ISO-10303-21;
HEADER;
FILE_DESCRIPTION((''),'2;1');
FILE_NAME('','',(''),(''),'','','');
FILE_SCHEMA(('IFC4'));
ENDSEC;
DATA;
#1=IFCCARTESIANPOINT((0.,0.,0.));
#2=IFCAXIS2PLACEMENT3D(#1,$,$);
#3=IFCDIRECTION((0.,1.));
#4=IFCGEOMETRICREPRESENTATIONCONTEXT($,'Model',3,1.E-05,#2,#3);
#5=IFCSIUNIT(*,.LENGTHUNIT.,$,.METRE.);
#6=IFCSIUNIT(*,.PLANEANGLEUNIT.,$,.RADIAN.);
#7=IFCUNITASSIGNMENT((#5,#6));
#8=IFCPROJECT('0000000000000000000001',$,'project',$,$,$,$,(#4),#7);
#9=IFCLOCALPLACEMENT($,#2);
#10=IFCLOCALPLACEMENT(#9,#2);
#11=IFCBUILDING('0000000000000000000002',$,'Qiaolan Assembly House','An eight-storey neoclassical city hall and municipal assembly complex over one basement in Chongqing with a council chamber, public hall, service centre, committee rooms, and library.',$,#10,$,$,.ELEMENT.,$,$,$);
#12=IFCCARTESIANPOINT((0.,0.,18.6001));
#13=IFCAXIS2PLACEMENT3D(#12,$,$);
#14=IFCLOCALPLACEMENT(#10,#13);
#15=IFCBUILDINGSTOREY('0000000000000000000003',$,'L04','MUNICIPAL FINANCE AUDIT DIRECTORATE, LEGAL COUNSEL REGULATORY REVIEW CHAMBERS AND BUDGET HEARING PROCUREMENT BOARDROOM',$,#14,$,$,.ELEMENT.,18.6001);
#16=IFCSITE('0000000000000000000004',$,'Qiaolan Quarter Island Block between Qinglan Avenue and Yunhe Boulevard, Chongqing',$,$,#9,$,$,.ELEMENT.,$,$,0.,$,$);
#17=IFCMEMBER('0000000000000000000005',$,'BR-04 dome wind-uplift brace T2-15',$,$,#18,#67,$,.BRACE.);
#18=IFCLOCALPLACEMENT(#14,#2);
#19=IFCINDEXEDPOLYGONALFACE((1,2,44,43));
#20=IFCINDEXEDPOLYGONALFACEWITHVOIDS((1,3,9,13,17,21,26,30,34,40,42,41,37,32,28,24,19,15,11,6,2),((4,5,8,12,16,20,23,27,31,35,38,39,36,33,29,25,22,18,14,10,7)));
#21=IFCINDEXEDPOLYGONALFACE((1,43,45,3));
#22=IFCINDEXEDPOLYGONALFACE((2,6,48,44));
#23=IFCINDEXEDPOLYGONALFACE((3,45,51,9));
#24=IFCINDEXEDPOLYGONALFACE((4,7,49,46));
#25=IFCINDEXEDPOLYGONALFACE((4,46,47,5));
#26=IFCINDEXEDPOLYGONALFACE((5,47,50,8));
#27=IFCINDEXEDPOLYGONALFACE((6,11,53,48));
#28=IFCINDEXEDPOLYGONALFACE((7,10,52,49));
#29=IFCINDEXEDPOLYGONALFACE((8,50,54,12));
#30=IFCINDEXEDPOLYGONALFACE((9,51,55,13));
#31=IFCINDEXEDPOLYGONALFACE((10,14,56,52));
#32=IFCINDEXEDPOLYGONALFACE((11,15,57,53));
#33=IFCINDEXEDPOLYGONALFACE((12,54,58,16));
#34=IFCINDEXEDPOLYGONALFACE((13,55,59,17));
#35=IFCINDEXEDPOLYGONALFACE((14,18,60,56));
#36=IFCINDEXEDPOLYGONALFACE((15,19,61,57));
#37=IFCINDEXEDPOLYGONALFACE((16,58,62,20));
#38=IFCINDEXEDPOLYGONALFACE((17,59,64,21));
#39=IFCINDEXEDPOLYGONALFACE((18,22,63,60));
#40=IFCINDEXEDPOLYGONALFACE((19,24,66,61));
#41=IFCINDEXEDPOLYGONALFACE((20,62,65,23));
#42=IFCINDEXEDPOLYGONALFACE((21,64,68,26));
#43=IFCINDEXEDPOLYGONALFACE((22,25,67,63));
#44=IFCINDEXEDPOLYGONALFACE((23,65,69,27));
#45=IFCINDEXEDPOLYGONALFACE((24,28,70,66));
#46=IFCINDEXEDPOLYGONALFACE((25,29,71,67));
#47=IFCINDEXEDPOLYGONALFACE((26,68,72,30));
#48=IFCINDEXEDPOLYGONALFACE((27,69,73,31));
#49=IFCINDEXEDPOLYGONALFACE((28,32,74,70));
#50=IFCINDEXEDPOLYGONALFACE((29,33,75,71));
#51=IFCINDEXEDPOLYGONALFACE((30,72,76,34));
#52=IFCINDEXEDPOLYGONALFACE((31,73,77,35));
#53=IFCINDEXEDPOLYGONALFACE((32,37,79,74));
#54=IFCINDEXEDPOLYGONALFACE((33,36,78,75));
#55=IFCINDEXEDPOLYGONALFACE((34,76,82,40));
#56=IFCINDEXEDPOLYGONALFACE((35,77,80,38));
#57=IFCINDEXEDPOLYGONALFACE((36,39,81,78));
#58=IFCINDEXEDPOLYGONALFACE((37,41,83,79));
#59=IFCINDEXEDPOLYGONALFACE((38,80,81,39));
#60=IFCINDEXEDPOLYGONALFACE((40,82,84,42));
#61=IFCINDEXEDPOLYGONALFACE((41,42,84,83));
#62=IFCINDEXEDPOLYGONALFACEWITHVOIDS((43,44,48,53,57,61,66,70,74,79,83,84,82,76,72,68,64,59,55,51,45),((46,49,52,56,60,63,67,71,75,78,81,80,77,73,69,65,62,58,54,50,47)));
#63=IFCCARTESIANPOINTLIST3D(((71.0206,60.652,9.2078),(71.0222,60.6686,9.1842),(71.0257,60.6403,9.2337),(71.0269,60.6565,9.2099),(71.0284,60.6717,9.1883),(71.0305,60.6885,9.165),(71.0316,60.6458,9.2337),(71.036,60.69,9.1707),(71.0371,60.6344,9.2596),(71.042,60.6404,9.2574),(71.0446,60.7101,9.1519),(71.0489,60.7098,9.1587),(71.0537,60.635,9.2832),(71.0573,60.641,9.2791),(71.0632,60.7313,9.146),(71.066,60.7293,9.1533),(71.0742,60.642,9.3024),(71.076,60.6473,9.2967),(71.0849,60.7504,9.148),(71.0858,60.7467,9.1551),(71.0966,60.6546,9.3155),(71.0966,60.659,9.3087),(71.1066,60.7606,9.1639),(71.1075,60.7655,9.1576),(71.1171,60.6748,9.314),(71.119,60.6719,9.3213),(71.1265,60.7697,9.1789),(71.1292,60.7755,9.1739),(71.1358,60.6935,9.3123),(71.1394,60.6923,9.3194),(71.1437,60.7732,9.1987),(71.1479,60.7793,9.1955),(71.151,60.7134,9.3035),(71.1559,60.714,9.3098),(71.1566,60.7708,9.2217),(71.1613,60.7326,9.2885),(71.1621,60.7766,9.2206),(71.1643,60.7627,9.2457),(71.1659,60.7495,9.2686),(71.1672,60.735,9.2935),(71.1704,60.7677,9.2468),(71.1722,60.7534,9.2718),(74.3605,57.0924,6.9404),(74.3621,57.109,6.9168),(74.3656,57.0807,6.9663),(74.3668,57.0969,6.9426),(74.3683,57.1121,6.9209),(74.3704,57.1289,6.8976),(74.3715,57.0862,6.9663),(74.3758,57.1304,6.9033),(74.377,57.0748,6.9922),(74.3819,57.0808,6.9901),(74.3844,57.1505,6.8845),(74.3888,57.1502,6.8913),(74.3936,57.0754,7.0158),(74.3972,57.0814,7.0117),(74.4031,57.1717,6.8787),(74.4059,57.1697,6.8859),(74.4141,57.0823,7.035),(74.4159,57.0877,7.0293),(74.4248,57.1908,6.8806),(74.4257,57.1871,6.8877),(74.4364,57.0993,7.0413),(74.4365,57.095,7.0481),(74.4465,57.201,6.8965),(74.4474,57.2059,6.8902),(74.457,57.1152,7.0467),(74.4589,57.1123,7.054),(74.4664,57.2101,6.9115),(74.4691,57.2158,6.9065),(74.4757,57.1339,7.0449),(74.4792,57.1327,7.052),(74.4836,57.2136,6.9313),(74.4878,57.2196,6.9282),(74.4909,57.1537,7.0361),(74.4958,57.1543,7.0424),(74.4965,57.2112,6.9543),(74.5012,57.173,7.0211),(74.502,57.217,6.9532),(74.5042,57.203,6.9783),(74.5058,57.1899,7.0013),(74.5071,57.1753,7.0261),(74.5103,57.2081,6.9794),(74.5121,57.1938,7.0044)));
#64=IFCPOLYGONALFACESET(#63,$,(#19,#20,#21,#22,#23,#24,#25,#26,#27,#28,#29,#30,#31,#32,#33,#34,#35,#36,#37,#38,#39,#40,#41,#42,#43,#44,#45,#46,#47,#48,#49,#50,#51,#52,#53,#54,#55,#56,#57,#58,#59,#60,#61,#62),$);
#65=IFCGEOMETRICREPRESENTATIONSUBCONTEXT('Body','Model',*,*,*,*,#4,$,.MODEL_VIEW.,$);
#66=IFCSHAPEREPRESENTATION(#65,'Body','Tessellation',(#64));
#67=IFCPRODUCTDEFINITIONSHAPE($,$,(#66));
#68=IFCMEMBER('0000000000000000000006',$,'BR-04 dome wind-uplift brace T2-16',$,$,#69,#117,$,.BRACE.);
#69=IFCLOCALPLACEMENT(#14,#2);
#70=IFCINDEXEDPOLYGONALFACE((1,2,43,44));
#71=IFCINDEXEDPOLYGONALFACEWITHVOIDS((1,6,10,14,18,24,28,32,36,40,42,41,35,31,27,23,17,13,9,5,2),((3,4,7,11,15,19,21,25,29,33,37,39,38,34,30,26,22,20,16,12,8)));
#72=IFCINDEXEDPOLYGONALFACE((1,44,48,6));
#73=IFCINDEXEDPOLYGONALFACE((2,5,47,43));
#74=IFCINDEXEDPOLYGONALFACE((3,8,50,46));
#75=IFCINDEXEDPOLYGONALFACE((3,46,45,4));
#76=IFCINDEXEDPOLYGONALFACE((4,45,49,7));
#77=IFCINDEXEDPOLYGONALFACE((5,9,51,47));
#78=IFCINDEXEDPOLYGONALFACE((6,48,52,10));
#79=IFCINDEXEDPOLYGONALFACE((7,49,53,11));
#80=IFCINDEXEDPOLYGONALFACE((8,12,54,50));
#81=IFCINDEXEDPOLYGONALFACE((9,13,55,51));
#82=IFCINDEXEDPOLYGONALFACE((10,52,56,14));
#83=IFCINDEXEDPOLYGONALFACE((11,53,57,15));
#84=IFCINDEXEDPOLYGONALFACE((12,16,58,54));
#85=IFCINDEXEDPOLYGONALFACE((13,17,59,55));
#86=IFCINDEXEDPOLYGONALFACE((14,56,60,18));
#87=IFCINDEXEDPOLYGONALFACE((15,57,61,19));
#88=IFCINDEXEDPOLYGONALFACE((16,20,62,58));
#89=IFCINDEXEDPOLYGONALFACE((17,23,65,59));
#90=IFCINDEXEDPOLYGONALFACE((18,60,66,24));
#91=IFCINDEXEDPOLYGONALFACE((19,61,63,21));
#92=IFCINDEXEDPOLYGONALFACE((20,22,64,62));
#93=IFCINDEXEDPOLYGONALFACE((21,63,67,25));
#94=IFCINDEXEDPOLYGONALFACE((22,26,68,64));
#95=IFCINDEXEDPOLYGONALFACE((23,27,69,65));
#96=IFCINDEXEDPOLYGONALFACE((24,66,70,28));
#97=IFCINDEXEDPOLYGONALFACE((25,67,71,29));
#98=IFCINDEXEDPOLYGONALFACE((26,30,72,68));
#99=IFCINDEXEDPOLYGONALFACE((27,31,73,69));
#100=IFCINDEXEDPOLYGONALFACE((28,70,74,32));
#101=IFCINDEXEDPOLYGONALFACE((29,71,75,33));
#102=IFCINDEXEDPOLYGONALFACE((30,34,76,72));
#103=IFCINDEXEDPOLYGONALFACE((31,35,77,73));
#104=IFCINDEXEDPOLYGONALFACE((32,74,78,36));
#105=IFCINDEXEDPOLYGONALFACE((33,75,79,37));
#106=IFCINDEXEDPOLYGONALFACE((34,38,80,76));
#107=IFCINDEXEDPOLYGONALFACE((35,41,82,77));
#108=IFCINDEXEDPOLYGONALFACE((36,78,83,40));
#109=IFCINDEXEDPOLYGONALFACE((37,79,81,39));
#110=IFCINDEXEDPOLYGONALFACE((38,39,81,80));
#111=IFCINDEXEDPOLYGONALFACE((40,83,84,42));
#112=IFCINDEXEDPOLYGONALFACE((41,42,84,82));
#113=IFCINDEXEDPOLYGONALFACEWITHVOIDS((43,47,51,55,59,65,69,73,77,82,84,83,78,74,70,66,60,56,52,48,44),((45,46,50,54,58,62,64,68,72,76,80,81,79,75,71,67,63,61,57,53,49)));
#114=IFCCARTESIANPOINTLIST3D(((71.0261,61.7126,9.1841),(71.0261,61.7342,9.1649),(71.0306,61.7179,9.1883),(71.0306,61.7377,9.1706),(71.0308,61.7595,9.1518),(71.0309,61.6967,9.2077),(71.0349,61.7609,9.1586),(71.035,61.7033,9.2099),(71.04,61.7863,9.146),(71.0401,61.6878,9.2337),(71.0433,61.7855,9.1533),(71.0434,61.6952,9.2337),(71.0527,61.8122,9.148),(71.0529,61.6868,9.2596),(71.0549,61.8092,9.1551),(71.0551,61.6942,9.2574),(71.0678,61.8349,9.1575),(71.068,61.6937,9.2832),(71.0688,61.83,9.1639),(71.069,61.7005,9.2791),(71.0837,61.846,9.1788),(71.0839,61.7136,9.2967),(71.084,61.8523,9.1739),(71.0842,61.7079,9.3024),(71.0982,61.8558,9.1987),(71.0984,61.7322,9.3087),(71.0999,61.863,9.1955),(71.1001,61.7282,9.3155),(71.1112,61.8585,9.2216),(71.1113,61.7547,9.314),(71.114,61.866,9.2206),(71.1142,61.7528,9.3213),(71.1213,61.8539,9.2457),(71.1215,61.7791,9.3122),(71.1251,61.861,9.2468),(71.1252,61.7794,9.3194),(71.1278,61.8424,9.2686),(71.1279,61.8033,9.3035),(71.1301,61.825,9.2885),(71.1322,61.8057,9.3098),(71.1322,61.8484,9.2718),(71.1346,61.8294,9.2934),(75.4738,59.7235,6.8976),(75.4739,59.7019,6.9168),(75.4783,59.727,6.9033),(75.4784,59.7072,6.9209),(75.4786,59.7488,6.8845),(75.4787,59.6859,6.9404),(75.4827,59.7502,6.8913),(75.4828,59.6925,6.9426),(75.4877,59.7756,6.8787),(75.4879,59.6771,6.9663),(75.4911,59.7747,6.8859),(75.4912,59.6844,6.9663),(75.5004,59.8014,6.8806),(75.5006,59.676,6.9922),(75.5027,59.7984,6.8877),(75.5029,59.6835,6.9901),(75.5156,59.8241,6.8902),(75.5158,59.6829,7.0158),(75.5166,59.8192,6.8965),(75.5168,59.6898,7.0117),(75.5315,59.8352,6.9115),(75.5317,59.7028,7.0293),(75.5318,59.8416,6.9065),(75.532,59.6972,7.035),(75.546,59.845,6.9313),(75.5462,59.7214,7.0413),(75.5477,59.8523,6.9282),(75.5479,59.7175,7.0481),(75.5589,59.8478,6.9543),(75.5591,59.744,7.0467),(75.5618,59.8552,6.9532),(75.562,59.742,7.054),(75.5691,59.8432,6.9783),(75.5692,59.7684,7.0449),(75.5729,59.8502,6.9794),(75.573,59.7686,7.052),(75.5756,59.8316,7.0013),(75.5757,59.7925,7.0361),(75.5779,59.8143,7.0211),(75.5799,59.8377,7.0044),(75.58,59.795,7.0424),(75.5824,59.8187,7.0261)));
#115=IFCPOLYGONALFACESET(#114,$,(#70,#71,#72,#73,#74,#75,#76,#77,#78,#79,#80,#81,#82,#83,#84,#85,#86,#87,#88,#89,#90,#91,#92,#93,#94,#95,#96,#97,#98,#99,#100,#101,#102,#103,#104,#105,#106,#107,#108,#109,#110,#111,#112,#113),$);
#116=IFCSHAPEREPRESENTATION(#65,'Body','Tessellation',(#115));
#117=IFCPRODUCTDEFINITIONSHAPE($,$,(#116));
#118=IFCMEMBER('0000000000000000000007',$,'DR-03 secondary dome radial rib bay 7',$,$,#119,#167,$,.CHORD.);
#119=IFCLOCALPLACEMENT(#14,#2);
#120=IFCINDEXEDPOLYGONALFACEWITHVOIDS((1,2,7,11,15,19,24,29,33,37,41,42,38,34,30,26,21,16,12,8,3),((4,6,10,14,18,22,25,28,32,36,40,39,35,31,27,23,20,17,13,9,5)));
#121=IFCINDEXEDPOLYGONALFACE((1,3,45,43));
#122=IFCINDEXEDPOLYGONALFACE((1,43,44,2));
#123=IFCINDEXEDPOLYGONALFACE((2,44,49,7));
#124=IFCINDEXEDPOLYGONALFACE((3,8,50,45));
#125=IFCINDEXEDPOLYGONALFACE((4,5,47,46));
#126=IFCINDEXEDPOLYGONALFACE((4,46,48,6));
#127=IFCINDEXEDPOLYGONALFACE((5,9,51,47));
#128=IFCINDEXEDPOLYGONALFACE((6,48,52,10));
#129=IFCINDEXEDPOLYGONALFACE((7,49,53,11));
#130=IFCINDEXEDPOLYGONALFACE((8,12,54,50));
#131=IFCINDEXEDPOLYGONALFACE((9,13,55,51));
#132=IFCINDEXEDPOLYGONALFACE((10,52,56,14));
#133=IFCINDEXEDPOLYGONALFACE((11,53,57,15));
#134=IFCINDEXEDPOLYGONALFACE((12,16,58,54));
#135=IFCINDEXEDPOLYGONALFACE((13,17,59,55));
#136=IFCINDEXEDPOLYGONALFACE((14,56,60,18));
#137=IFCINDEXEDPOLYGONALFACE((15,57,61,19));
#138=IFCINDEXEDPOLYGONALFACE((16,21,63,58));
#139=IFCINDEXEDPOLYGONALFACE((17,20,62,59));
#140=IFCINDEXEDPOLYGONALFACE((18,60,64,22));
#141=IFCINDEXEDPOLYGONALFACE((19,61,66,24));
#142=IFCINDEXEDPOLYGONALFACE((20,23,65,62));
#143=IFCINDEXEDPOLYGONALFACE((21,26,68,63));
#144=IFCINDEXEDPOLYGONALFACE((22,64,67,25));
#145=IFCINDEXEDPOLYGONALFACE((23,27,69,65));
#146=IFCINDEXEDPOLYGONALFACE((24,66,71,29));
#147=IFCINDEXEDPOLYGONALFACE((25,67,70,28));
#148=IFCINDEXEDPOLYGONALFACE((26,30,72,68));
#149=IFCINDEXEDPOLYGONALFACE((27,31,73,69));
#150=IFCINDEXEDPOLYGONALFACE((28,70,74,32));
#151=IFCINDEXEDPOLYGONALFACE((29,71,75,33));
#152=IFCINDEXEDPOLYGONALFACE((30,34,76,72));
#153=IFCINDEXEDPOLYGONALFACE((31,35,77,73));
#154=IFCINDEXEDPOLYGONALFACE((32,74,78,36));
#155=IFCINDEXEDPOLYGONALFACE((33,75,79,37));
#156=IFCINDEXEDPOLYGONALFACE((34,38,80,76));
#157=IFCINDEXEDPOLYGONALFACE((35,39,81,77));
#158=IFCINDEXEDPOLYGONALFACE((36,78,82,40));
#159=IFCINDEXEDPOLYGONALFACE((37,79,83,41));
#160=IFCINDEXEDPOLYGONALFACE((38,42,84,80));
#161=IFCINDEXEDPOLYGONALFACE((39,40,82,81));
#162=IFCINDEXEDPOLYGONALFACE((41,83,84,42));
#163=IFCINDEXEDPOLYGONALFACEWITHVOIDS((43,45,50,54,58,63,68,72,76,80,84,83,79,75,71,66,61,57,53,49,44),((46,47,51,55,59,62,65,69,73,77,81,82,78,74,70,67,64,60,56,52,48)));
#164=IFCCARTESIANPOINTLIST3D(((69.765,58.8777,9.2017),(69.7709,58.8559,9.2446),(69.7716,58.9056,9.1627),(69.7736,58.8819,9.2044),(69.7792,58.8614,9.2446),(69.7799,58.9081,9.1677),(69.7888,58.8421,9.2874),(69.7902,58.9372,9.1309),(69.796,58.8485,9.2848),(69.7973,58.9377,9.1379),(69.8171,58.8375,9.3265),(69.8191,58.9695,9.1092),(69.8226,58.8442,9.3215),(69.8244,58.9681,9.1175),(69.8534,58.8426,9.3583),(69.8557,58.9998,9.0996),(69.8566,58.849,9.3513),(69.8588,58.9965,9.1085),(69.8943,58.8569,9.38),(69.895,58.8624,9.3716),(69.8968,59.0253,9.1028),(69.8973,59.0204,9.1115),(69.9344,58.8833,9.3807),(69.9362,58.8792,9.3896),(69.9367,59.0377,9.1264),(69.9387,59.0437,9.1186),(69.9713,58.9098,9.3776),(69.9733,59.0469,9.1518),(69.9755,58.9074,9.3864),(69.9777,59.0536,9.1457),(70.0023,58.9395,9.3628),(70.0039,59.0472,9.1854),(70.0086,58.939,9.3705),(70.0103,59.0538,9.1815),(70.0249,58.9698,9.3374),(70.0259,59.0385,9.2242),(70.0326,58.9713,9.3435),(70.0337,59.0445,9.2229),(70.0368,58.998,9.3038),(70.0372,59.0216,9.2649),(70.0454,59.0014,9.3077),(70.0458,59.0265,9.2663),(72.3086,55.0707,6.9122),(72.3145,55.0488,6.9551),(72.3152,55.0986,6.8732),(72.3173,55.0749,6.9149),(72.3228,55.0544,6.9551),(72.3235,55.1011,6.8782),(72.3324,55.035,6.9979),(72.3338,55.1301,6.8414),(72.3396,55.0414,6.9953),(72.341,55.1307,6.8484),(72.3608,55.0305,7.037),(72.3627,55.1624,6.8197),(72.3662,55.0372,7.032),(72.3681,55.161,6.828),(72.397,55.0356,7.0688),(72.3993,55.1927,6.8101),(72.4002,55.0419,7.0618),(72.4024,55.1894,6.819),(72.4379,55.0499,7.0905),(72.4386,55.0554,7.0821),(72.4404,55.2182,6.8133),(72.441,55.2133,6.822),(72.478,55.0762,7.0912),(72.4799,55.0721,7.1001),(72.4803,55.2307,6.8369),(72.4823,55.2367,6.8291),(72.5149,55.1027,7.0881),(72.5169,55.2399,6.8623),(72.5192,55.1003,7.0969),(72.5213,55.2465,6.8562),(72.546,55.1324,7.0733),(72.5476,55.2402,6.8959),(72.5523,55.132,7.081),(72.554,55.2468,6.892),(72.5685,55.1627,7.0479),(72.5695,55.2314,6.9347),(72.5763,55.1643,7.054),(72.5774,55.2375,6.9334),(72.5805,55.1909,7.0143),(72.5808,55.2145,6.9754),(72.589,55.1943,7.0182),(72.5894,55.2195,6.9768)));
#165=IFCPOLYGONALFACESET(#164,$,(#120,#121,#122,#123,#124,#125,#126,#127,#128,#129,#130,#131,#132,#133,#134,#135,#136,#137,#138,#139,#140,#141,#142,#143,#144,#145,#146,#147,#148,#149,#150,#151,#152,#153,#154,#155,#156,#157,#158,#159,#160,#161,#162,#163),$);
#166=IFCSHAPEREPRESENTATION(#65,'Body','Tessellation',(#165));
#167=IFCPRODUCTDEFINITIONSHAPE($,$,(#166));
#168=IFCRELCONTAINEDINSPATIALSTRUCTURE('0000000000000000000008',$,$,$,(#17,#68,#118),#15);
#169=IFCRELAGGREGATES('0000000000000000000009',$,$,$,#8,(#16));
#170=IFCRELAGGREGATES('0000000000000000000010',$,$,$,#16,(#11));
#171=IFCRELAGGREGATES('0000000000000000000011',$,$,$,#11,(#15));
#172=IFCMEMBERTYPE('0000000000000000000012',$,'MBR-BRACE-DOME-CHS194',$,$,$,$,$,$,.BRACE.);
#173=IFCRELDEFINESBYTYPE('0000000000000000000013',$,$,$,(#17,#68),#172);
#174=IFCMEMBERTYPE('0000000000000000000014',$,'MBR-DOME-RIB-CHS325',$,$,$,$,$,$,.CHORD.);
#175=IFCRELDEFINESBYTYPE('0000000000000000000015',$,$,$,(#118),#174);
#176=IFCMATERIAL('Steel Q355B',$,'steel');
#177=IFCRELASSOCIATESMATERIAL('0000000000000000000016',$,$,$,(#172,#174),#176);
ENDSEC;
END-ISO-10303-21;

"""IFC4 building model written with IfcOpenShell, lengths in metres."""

from ifc_helpers import new_model, si_unit, direction, frame, origin, origin_2d, place, context, subcontext, project, spatial, hollow_circle, extrude, material, material_profile, profile_set, type_object, element, save


model = new_model("IFC4")

# Units and contexts
model_context = context("Model", 3, precision=1e-05, world=origin(), true_north=direction((0.0, 1.0)))
body_context = subcontext(model_context, "Body", "Model", "MODEL_VIEW")
ifc_project = project(units=[si_unit("LENGTHUNIT", "METRE"), si_unit("PLANEANGLEUNIT", "RADIAN")], contexts=[model_context])

# Site, building, storey
site_placement = place(None, origin())
site = spatial("IfcSite", under=ifc_project, at=site_placement, Name="Qiaolan Quarter Island Block between Qinglan Avenue and Yunhe Boulevard, Chongqing", CompositionType="ELEMENT", RefElevation=0.0)
building_placement = place(site_placement, origin())
building = spatial("IfcBuilding", under=site, at=building_placement, Name="Qiaolan Assembly House", Description="An eight-storey neoclassical city hall and municipal assembly complex over one basement in Chongqing with a council chamber, public hall, service centre, committee rooms, and library.", CompositionType="ELEMENT")
storey_placement = place(building_placement, frame((0.0, 0.0, 18.6001)))
storey = spatial("IfcBuildingStorey", under=building, at=storey_placement, Name="L04", Description="MUNICIPAL FINANCE AUDIT DIRECTORATE, LEGAL COUNSEL REGULATORY REVIEW CHAMBERS AND BUDGET HEARING PROCUREMENT BOARDROOM", CompositionType="ELEMENT", Elevation=18.6001)

# Shared definitions
ifc_material_1 = material(Name="Steel Q355B", Category="steel")

# Members
ifc_material_profile_1 = material_profile(ifc_material_1, hollow_circle(Radius=0.0969, WallThickness=0.0081, at=origin_2d()), Name="CHS 194x8")
ifc_profile_set_1 = profile_set([ifc_material_profile_1], Name="Steel Q355B")
member_type_1 = type_object("IfcMemberType", Name="MBR-BRACE-DOME-CHS194", PredefinedType="BRACE", material=ifc_profile_set_1)
for number, where, z_axis, x_axis, name in (
    (1, (74.4363, 57.147, 6.9663), (-0.620558, 0.661385, 0.421281), (-0.729256, -0.684241, 0.0), "BR-04 dome wind-uplift brace T2-15"),
    (2, (75.5278, 59.7654, 6.9663), (-0.826406, 0.373602, 0.421277), (-0.41194, -0.911211, 0.0), "BR-04 dome wind-uplift brace T2-16"),
):
    element("IfcMember", number, at=place(storey_placement, frame(where, z_axis=z_axis, x_axis=x_axis)), inside=storey, type_object=member_type_1, Name=name, PredefinedType="BRACE", context=body_context, shape_type="SweptSolid", body=[
        extrude(hollow_circle(Radius=0.0969, WallThickness=0.0081, at=origin_2d()), origin(), (0.0, 0.0, 1.0), 5.3821),
    ])
ifc_material_profile_2 = material_profile(ifc_material_1, hollow_circle(Radius=0.1626, WallThickness=0.01, at=origin_2d()), Name="CHS 325x10")
ifc_profile_set_2 = profile_set([ifc_material_profile_2], Name="Steel Q355B")
member_type_2 = type_object("IfcMemberType", Name="MBR-DOME-RIB-CHS325", PredefinedType="CHORD", material=ifc_profile_set_2)
for number, where, z_axis, x_axis, name in (
    (3, (72.4497, 55.1392, 6.9551), (-0.49689, 0.743689, 0.447244), (-0.831484, -0.555549, 0.0), "DR-03 secondary dome radial rib bay 7"),
):
    element("IfcMember", number, at=place(storey_placement, frame(where, z_axis=z_axis, x_axis=x_axis)), inside=storey, type_object=member_type_2, Name=name, PredefinedType="CHORD", context=body_context, shape_type="SweptSolid", body=[
        extrude(hollow_circle(Radius=0.1626, WallThickness=0.01, at=origin_2d()), origin(), (0.0, 0.0, 1.0), 5.1191),
    ])

save(model, "model.ifc")
